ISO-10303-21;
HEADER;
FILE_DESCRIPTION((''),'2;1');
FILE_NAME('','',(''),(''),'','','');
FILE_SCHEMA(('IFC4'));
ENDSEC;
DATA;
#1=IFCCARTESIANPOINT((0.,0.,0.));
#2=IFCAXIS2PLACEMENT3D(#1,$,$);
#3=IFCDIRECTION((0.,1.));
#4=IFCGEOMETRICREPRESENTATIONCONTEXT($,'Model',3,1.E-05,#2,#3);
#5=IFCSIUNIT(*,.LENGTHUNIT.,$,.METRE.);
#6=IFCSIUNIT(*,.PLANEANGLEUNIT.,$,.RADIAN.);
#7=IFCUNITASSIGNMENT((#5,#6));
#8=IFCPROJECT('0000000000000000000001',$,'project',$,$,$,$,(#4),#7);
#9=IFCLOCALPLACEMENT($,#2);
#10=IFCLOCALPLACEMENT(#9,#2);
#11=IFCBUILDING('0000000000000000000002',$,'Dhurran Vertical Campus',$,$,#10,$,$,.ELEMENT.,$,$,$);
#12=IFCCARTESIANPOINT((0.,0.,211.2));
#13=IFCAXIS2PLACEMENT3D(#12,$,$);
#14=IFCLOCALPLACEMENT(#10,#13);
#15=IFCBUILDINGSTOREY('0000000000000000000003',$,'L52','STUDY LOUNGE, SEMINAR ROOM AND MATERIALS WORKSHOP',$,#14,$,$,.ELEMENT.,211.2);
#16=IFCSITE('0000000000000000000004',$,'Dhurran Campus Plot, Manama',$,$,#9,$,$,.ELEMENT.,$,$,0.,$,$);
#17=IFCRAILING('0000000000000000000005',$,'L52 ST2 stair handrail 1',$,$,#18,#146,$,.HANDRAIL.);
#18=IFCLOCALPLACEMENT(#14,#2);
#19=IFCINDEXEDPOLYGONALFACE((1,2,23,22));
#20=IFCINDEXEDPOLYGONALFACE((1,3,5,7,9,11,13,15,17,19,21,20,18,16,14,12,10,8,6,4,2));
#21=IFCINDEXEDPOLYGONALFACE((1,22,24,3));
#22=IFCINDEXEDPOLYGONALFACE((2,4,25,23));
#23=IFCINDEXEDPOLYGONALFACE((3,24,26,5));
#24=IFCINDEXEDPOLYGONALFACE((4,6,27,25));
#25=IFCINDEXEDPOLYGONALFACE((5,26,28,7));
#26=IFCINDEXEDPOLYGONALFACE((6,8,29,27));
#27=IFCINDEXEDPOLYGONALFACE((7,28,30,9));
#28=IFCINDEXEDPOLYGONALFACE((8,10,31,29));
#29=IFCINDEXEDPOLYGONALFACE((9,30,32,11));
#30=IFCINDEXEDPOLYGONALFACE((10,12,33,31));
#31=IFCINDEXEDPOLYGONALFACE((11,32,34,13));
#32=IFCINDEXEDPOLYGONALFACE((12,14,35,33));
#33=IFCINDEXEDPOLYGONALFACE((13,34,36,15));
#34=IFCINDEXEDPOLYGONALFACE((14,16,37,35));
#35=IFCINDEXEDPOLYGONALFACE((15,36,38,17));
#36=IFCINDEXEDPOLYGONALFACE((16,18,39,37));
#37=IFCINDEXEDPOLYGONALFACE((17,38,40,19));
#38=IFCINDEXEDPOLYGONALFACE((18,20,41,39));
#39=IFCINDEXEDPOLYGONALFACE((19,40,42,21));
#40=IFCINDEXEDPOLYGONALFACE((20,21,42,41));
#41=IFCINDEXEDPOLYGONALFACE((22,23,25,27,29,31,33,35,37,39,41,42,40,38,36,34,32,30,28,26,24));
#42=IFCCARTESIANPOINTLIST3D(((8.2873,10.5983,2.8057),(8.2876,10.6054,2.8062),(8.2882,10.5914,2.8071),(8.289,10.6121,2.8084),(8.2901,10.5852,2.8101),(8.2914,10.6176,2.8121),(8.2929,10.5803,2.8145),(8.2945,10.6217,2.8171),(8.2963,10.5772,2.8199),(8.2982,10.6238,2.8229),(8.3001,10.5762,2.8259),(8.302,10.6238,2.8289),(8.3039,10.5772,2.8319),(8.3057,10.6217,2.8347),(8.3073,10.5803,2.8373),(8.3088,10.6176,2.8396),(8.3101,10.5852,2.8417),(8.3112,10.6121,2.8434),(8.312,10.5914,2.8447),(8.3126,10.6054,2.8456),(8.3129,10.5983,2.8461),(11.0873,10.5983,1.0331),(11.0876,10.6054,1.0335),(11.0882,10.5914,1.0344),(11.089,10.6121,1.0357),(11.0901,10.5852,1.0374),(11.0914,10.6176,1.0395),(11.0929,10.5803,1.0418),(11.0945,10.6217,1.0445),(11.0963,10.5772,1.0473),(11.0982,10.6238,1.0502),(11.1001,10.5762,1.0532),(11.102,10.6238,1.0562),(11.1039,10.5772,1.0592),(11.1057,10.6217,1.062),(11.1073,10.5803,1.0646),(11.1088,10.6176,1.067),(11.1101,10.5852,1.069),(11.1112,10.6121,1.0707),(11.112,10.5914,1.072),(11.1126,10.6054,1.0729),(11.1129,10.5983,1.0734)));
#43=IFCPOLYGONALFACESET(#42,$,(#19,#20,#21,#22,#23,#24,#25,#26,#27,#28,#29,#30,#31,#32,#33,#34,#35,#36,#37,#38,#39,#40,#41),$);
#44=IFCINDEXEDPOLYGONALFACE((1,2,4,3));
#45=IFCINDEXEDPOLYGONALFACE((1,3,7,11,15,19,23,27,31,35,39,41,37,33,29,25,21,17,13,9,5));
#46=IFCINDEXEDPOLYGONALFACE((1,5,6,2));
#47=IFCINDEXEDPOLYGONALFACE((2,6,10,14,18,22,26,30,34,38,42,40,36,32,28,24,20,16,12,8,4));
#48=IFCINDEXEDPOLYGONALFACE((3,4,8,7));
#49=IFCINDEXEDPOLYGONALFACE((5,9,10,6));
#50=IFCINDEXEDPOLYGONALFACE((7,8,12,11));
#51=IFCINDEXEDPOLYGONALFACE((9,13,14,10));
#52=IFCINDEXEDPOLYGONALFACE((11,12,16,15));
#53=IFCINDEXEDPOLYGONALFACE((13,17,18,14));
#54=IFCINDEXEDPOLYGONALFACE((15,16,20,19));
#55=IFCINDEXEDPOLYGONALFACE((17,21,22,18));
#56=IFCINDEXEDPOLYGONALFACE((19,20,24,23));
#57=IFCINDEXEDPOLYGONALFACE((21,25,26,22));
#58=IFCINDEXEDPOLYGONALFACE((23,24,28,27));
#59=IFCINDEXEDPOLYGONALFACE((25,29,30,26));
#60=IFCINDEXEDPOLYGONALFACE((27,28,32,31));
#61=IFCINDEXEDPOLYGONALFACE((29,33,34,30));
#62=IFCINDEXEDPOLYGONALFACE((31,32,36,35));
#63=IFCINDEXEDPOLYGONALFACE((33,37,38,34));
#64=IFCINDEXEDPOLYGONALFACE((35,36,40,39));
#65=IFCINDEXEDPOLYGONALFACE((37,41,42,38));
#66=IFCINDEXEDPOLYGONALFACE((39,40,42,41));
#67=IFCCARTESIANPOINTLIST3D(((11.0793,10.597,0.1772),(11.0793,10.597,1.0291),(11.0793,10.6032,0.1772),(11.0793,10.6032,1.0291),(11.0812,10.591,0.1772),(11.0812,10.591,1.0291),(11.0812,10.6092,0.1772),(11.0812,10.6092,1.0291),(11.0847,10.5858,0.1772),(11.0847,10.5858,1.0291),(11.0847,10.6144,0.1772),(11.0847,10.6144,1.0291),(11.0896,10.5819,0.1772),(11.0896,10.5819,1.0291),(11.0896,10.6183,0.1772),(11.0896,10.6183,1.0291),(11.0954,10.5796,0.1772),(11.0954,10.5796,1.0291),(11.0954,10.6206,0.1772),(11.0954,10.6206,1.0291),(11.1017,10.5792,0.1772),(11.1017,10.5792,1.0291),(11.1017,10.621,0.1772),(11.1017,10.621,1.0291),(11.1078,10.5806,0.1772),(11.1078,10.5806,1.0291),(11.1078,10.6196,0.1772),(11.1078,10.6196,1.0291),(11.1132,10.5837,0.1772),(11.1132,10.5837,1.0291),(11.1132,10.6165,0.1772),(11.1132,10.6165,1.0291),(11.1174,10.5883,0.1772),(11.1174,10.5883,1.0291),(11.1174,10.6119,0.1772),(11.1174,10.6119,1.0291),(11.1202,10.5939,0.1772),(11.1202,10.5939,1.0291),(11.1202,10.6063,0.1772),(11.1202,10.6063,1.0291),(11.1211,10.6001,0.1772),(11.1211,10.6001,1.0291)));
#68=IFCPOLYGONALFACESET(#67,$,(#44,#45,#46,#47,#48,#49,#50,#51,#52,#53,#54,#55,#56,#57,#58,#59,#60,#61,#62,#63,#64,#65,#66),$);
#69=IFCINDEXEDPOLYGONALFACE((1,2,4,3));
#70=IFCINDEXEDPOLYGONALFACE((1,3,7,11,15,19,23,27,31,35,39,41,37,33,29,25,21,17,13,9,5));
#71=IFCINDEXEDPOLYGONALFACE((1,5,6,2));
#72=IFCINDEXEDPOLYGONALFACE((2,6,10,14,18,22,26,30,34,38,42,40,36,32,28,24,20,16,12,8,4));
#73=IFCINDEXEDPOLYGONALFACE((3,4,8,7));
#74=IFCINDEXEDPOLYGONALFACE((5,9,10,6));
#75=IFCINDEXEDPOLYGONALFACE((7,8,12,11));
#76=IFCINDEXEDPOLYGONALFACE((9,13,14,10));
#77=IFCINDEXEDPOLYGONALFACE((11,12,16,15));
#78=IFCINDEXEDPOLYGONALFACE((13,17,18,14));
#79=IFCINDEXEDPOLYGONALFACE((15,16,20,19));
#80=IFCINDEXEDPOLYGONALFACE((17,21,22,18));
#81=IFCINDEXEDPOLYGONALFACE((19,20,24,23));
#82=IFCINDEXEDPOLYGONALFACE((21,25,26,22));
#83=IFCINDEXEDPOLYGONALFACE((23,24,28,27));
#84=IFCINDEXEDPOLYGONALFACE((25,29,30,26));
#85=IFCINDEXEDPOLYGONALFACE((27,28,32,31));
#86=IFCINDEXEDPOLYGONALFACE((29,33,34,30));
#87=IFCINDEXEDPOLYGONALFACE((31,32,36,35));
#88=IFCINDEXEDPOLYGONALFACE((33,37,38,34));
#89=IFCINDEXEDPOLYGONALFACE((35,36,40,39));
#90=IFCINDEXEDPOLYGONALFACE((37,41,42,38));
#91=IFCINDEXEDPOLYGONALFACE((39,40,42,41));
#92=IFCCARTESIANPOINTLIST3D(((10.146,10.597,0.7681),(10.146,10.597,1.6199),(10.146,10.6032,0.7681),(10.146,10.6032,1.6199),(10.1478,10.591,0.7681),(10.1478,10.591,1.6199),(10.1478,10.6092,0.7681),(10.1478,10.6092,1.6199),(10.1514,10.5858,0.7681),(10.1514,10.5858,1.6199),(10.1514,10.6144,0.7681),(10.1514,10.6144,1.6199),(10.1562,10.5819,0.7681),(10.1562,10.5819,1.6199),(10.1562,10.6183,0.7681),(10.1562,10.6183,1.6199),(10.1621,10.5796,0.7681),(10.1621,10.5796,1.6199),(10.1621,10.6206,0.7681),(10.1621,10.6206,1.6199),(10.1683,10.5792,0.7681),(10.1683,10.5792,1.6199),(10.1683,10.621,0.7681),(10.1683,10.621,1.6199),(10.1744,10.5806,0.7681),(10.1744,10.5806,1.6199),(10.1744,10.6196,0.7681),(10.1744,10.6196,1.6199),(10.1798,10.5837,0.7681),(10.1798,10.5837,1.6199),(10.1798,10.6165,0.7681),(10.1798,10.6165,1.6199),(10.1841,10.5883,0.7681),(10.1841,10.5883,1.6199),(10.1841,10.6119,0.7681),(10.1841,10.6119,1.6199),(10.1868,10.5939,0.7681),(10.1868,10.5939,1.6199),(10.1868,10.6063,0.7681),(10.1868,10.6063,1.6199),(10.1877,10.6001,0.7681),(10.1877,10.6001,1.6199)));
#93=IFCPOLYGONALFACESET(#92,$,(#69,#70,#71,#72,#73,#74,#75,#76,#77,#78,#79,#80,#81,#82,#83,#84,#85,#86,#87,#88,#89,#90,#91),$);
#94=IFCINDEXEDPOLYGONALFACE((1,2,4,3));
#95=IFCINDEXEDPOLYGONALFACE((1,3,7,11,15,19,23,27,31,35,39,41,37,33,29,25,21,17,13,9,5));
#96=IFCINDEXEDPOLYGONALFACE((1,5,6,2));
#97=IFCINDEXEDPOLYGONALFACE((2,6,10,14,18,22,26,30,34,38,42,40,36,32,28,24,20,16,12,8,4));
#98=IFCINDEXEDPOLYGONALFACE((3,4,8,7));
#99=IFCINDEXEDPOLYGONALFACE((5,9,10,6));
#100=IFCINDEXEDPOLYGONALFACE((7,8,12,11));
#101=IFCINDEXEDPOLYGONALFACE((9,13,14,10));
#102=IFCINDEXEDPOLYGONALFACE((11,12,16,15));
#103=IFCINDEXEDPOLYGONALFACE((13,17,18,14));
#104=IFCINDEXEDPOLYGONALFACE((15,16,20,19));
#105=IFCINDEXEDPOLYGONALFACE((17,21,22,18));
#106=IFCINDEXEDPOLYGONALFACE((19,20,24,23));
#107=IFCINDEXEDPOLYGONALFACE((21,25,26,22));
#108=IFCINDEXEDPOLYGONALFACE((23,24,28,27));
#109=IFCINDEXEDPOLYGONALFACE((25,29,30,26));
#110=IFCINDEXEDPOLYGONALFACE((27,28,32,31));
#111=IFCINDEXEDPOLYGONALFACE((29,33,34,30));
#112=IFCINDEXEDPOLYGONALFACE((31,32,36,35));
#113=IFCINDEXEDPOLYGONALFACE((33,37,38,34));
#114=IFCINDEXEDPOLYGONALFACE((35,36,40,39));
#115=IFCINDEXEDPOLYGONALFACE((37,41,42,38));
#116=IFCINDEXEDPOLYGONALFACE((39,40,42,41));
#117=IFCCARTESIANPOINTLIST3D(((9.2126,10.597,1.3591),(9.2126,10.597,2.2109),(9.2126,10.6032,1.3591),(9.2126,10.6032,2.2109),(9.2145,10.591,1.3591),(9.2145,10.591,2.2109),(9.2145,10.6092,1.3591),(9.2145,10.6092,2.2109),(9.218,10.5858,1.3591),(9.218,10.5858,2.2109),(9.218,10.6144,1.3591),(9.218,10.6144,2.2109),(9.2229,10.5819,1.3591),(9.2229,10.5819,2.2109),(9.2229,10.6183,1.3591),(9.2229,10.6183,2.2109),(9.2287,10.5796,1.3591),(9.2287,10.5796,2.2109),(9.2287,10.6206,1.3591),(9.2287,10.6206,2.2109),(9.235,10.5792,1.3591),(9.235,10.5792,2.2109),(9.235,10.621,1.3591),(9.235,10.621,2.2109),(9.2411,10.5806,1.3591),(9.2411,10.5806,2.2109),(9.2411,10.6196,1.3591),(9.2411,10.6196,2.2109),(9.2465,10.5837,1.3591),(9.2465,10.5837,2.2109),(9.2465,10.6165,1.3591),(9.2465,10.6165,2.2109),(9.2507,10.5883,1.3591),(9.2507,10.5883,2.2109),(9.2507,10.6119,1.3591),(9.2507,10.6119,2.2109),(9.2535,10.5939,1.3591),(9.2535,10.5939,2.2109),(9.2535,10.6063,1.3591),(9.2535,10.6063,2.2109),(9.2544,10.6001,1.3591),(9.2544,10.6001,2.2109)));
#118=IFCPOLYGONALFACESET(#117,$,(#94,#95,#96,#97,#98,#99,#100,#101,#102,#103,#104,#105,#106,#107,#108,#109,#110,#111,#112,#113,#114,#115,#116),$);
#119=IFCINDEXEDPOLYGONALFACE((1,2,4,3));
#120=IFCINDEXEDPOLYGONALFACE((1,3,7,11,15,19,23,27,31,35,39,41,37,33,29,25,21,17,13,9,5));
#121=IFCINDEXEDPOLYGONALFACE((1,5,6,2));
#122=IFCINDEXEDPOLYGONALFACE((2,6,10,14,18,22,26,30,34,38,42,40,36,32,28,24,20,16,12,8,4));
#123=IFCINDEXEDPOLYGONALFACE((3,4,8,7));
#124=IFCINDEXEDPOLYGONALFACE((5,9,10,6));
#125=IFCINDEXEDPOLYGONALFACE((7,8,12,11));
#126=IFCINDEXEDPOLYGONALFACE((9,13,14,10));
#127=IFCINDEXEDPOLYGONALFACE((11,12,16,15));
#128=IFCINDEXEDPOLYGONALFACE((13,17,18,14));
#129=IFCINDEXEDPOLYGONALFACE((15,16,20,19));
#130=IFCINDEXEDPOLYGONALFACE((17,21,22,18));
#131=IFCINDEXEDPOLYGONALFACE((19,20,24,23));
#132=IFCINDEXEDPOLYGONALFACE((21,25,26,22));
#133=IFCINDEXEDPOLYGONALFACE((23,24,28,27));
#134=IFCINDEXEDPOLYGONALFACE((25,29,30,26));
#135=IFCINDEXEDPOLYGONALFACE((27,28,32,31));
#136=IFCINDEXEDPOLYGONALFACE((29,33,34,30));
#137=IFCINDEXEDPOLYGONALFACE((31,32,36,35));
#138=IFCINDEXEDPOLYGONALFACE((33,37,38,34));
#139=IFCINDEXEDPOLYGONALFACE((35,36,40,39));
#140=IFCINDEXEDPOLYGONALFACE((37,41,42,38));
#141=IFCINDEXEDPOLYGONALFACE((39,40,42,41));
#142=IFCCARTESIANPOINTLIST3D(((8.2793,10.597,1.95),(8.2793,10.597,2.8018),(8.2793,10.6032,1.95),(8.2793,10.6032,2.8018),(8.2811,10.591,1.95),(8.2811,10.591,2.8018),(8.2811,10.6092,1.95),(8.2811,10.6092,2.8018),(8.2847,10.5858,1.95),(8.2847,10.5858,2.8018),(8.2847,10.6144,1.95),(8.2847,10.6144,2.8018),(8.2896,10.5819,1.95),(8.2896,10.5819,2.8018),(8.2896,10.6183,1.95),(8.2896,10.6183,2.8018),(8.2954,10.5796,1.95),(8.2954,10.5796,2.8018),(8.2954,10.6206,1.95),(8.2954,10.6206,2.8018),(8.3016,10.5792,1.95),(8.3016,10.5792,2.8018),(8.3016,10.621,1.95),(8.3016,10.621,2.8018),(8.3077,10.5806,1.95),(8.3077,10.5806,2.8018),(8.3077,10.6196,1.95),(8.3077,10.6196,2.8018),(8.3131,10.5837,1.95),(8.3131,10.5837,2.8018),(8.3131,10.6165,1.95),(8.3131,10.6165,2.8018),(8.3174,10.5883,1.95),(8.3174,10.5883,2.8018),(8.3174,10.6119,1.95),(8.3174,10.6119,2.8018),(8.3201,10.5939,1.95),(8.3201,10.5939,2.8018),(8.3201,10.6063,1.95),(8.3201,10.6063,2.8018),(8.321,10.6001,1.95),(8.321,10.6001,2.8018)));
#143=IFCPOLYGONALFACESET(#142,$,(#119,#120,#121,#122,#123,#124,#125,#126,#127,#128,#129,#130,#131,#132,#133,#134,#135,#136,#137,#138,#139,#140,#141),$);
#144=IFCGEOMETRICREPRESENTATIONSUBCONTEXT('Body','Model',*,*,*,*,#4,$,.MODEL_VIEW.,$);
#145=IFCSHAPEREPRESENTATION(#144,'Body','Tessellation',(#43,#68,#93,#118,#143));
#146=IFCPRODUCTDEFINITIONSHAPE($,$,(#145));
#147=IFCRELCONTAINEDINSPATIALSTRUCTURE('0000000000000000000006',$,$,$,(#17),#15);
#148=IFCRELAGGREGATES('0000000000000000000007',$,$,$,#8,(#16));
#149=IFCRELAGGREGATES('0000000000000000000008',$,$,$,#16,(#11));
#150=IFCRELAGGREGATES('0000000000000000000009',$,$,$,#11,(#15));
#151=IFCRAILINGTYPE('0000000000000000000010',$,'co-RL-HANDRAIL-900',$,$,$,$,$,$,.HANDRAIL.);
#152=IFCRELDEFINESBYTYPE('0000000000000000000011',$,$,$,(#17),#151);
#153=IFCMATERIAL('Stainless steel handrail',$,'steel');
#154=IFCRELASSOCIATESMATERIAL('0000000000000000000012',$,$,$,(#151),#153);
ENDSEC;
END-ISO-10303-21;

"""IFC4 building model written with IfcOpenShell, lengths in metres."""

from ifc_helpers import new_model, si_unit, direction, frame, origin, origin_2d, place, context, subcontext, project, spatial, circle, extrude, material, type_object, element, save


model = new_model("IFC4")

# Units and contexts
model_context = context("Model", 3, precision=1e-05, world=origin(), true_north=direction((0.0, 1.0)))
body_context = subcontext(model_context, "Body", "Model", "MODEL_VIEW")
ifc_project = project(units=[si_unit("LENGTHUNIT", "METRE"), si_unit("PLANEANGLEUNIT", "RADIAN")], contexts=[model_context])

# Site, building, storey
site_placement = place(None, origin())
site = spatial("IfcSite", under=ifc_project, at=site_placement, Name="Dhurran Campus Plot, Manama", CompositionType="ELEMENT", RefElevation=0.0)
building_placement = place(site_placement, origin())
building = spatial("IfcBuilding", under=site, at=building_placement, Name="Dhurran Vertical Campus", CompositionType="ELEMENT")
storey_placement = place(building_placement, frame((0.0, 0.0, 211.2)))
storey = spatial("IfcBuildingStorey", under=building, at=storey_placement, Name="L52", Description="STUDY LOUNGE, SEMINAR ROOM AND MATERIALS WORKSHOP", CompositionType="ELEMENT", Elevation=211.2)

# Railing
ifc_material_1 = material(Name="Stainless steel handrail", Category="steel")
railing_type_1 = type_object("IfcRailingType", Name="co-RL-HANDRAIL-900", PredefinedType="HANDRAIL", material=ifc_material_1)
railing_1_placement = place(storey_placement, frame((11.1001, 10.6001, 0.1772)))
element("IfcRailing", 1, at=railing_1_placement, inside=storey, type_object=railing_type_1, Name="L52 ST2 stair handrail 1", PredefinedType="HANDRAIL", context=body_context, shape_type="SweptSolid", body=[
    extrude(circle(Radius=0.0239, at=origin_2d()), frame((0.0, 0.0, 0.876), z_axis=(-0.844909, 0.0, 0.53491), x_axis=(0.0, -1.0, 0.0)), (0.0, 0.0, 1.0), 3.314),
    extrude(circle(Radius=0.021, at=origin_2d()), origin(), (0.0, 0.0, 1.0), 0.8518),
    extrude(circle(Radius=0.021, at=origin_2d()), frame((-0.9333, 0.0, 0.5908)), (0.0, 0.0, 1.0), 0.8518),
    extrude(circle(Radius=0.021, at=origin_2d()), frame((-1.8667, 0.0, 1.1819)), (0.0, 0.0, 1.0), 0.8518),
    extrude(circle(Radius=0.021, at=origin_2d()), frame((-2.8, 0.0, 1.7727)), (0.0, 0.0, 1.0), 0.8518),
])

save(model, "model.ifc")
